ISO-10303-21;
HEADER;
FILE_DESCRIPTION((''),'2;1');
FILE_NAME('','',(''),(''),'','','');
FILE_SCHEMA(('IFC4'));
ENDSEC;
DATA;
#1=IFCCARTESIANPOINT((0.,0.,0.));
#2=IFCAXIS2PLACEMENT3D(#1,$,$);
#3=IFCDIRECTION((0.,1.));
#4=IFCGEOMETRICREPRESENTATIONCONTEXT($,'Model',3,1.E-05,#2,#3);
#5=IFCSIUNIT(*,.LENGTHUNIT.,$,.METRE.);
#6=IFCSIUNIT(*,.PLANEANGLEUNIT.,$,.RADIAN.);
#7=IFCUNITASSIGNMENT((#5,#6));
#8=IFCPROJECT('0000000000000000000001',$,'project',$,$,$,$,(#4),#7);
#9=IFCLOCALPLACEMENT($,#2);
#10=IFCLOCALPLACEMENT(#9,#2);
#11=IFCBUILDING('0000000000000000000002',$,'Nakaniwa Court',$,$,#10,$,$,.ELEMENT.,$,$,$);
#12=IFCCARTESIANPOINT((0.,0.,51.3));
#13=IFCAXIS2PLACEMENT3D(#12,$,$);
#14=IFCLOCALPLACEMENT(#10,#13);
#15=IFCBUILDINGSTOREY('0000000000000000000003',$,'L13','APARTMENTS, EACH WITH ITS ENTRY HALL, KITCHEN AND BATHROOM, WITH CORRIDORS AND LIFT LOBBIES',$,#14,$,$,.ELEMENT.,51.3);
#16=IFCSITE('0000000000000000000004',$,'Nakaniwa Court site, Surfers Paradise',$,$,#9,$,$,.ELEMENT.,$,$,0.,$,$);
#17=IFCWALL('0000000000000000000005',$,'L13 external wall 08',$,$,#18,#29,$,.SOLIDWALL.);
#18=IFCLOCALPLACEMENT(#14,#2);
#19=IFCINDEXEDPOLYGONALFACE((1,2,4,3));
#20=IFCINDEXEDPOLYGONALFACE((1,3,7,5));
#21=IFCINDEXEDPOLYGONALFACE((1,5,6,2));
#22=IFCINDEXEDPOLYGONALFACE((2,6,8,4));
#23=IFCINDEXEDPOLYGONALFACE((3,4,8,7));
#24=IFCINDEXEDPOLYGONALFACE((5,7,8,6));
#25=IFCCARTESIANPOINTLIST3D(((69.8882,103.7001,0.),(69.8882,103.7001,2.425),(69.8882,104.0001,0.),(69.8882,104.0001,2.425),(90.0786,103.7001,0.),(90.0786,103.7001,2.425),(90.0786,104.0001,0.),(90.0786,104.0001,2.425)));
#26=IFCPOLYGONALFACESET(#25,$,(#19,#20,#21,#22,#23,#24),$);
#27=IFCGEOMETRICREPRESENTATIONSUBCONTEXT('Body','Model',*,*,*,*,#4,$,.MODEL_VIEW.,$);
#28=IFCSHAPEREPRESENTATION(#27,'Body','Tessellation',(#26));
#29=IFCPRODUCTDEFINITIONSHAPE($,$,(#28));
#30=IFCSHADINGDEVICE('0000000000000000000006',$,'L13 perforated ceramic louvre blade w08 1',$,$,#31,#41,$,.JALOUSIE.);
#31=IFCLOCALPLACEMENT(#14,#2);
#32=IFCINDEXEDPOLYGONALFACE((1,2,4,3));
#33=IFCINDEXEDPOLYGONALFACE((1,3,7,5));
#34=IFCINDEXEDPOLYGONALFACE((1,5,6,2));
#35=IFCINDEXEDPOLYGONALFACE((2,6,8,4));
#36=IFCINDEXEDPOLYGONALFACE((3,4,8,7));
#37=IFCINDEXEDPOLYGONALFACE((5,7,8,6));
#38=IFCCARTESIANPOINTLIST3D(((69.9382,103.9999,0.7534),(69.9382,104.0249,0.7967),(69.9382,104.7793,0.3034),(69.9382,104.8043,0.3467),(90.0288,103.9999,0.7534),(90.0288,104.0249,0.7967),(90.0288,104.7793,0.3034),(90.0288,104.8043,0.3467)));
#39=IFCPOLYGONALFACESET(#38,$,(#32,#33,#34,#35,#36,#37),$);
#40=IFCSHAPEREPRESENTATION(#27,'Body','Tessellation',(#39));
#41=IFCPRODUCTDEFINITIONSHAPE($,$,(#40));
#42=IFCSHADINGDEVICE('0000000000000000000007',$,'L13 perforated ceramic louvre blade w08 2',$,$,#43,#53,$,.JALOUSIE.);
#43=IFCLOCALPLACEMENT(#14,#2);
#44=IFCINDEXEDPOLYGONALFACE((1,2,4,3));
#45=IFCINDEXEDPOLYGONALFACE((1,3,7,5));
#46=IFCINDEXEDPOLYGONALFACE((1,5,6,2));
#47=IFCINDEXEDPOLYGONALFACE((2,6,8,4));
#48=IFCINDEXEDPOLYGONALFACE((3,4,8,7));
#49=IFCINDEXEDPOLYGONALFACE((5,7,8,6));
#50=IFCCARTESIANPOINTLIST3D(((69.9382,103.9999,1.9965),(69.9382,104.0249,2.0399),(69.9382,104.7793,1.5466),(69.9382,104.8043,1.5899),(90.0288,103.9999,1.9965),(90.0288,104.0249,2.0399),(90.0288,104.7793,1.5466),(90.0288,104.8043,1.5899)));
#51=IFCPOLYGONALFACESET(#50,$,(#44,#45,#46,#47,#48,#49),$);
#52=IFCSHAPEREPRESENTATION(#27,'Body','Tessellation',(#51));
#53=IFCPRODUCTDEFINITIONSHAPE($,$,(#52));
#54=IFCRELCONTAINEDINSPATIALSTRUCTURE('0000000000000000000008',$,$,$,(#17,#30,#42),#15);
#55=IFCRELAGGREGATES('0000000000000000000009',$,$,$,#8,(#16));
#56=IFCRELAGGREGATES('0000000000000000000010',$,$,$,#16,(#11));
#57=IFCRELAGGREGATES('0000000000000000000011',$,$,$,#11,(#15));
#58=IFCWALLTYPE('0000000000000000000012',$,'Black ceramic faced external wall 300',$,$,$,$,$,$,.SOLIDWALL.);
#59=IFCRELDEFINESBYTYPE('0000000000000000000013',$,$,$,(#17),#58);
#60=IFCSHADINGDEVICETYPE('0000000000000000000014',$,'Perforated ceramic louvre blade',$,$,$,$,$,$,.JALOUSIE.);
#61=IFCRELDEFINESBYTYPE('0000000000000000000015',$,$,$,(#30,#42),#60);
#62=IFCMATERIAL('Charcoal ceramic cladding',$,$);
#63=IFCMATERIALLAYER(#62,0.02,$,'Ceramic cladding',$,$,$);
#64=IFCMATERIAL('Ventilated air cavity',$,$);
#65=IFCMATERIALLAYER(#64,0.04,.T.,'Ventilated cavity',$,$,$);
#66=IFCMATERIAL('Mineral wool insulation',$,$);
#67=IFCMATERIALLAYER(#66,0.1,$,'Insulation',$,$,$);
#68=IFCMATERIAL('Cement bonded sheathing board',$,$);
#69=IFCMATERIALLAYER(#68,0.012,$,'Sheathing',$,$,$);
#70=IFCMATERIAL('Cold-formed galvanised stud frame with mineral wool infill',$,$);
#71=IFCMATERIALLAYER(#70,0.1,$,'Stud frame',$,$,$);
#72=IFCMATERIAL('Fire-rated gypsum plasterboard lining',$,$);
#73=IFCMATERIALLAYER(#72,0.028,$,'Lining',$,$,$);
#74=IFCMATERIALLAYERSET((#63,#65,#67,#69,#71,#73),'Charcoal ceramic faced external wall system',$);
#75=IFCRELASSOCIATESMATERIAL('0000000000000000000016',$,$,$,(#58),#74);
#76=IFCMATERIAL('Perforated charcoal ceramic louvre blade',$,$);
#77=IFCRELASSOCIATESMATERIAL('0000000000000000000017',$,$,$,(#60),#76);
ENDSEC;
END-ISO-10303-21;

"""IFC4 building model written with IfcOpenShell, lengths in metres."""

from ifc_helpers import new_model, si_unit, direction, frame, frame_2d, origin, origin_2d, place, context, subcontext, project, spatial, rectangle, extrude, material, layer, layer_set, material_profile, profile_set, type_object, element, save


model = new_model("IFC4")

# Units and contexts
model_context = context("Model", 3, precision=1e-05, world=origin(), true_north=direction((0.0, 1.0)))
body_context = subcontext(model_context, "Body", "Model", "MODEL_VIEW")
ifc_project = project(units=[si_unit("LENGTHUNIT", "METRE"), si_unit("PLANEANGLEUNIT", "RADIAN")], contexts=[model_context])

# Site, building, storey
site_placement = place(None, origin())
site = spatial("IfcSite", under=ifc_project, at=site_placement, Name="Nakaniwa Court site, Surfers Paradise", CompositionType="ELEMENT", RefElevation=0.0)
building_placement = place(site_placement, origin())
building = spatial("IfcBuilding", under=site, at=building_placement, Name="Nakaniwa Court", CompositionType="ELEMENT")
storey_placement = place(building_placement, frame((0.0, 0.0, 51.3)))
storey = spatial("IfcBuildingStorey", under=building, at=storey_placement, Name="L13", Description="APARTMENTS, EACH WITH ITS ENTRY HALL, KITCHEN AND BATHROOM, WITH CORRIDORS AND LIFT LOBBIES", CompositionType="ELEMENT", Elevation=51.3)

# Shared definitions
ifc_material_1 = material(Name="Charcoal ceramic cladding")
ifc_layer_1 = layer(ifc_material_1, 0.02, Name="Ceramic cladding")
ifc_material_2 = material(Name="Ventilated air cavity")
ifc_layer_2 = layer(ifc_material_2, 0.04, ventilated=True, Name="Ventilated cavity")
ifc_material_3 = material(Name="Mineral wool insulation")
ifc_layer_3 = layer(ifc_material_3, 0.1, Name="Insulation")
ifc_material_4 = material(Name="Cement bonded sheathing board")
ifc_layer_4 = layer(ifc_material_4, 0.012, Name="Sheathing")
ifc_material_5 = material(Name="Cold-formed galvanised stud frame with mineral wool infill")
ifc_layer_5 = layer(ifc_material_5, 0.1, Name="Stud frame")
ifc_material_6 = material(Name="Fire-rated gypsum plasterboard lining")
ifc_layer_6 = layer(ifc_material_6, 0.028, Name="Lining")
ifc_layer_set_1 = layer_set([ifc_layer_1, ifc_layer_2, ifc_layer_3, ifc_layer_4, ifc_layer_5, ifc_layer_6], Name="Charcoal ceramic faced external wall system")
wall_type_1 = type_object("IfcWallType", Name="Black ceramic faced external wall 300", PredefinedType="SOLIDWALL", material=ifc_layer_set_1)

# Wall
wall_1_placement = place(storey_placement, frame((90.0786, 103.8501, 0.0), z_axis=(0.0, 0.0, 1.0), x_axis=(-1.0, 0.0, 0.0)))
element("IfcWall", 1, at=wall_1_placement, inside=storey, type_object=wall_type_1, Name="L13 external wall 08", PredefinedType="SOLIDWALL", context=body_context, shape_type="SweptSolid", body=[
    extrude(rectangle(XDim=20.1904, YDim=0.3, at=frame_2d((10.0952, 0.0))), origin(), (0.0, 0.0, 1.0), 2.425),
])

# Shading devices
ifc_material_7 = material(Name="Perforated charcoal ceramic louvre blade")
ifc_material_profile_1 = material_profile(ifc_material_7, rectangle(XDim=0.8999, YDim=0.05, at=origin_2d()), Name="Perforated ceramic louvre blade")
ifc_profile_set_1 = profile_set([ifc_material_profile_1], Name="Perforated charcoal ceramic louvre blade")
shading_device_type = type_object("IfcShadingDeviceType", Name="Perforated ceramic louvre blade", PredefinedType="JALOUSIE", material=ifc_profile_set_1)
for number, where, z_axis, x_axis, name in (
    (2, (90.0288, 104.4021, 0.55), (-1.0, 0.0, 0.0), (0.0, -0.866025, 0.5), "L13 perforated ceramic louvre blade w08 1"),
    (3, (90.0288, 104.4021, 1.7932), (-1.0, 0.0, 0.0), (0.0, -0.866025, 0.5), "L13 perforated ceramic louvre blade w08 2"),
):
    element("IfcShadingDevice", number, at=place(storey_placement, frame(where, z_axis=z_axis, x_axis=x_axis)), inside=storey, type_object=shading_device_type, Name=name, PredefinedType="JALOUSIE", context=body_context, shape_type="SweptSolid", body=[
        extrude(rectangle(XDim=0.8999, YDim=0.05, at=origin_2d()), origin(), (0.0, 0.0, 1.0), 20.0906),
    ])

save(model, "model.ifc")
